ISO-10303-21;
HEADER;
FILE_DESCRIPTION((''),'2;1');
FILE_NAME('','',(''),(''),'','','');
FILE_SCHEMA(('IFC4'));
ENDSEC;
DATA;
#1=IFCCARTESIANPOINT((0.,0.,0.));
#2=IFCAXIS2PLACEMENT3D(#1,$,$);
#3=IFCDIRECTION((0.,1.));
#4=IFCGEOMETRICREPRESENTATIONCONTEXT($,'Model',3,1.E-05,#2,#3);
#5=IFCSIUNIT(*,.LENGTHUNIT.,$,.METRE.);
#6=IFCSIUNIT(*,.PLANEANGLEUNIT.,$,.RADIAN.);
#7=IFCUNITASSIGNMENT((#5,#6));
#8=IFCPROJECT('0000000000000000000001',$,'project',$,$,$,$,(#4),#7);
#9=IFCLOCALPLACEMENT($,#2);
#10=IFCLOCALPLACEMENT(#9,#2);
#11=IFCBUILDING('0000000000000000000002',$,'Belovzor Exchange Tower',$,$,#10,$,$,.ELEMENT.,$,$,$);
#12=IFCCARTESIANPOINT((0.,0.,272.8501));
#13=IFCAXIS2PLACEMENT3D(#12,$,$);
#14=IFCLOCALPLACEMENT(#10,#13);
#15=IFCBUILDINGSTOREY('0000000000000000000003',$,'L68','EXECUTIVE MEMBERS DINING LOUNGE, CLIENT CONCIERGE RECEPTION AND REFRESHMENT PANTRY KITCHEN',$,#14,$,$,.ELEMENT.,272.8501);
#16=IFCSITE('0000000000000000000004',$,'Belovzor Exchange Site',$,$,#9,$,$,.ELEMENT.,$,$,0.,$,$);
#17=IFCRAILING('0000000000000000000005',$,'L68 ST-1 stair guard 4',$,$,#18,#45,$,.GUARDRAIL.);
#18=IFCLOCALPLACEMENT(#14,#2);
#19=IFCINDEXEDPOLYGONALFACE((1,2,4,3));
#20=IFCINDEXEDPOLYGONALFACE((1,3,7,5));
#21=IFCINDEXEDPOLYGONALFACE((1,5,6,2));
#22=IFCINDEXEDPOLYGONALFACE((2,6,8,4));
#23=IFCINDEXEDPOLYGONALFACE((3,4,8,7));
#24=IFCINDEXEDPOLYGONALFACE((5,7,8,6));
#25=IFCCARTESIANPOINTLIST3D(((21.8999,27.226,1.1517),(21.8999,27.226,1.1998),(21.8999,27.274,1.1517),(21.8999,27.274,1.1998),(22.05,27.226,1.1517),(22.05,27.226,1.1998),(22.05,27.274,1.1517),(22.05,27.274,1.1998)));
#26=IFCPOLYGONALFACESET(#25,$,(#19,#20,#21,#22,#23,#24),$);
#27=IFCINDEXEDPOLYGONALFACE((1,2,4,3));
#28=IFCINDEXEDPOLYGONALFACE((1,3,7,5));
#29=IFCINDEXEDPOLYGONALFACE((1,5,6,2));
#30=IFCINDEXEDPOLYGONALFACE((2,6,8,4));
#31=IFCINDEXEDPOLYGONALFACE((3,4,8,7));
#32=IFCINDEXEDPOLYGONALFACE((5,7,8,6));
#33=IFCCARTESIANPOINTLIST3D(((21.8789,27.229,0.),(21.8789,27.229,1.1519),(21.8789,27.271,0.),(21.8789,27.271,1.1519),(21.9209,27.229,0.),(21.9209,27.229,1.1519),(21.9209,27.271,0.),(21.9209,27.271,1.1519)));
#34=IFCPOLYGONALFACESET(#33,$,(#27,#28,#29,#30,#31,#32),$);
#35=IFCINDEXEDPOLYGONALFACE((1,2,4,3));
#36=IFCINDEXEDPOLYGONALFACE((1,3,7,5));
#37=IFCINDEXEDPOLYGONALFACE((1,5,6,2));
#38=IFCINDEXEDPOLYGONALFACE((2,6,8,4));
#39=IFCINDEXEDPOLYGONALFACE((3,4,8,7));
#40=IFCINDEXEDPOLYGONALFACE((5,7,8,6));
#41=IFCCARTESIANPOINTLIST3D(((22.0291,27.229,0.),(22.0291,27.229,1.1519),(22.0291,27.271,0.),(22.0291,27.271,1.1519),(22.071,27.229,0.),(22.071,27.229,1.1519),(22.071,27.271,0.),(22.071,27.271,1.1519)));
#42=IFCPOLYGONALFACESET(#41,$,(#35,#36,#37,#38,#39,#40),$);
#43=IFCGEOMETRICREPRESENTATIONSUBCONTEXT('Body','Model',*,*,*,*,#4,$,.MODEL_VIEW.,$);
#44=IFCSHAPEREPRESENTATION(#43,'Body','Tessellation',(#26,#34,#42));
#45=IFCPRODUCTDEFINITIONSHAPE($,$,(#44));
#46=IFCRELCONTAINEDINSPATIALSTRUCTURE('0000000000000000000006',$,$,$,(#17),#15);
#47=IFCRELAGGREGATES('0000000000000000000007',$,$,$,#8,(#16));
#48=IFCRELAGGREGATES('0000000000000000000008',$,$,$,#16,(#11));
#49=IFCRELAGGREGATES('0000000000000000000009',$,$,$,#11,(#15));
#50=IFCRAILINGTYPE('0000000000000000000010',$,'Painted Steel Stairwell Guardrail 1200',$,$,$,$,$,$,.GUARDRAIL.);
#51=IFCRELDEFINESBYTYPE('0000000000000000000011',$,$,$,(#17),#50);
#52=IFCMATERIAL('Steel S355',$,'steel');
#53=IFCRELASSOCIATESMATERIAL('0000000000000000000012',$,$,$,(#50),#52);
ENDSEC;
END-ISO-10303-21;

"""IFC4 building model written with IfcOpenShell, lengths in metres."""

from ifc_helpers import new_model, si_unit, direction, frame, origin, origin_2d, place, context, subcontext, project, spatial, rectangle, extrude, material, type_object, element, save


model = new_model("IFC4")

# Units and contexts
model_context = context("Model", 3, precision=1e-05, world=origin(), true_north=direction((0.0, 1.0)))
body_context = subcontext(model_context, "Body", "Model", "MODEL_VIEW")
ifc_project = project(units=[si_unit("LENGTHUNIT", "METRE"), si_unit("PLANEANGLEUNIT", "RADIAN")], contexts=[model_context])

# Site, building, storey
site_placement = place(None, origin())
site = spatial("IfcSite", under=ifc_project, at=site_placement, Name="Belovzor Exchange Site", CompositionType="ELEMENT", RefElevation=0.0)
building_placement = place(site_placement, origin())
building = spatial("IfcBuilding", under=site, at=building_placement, Name="Belovzor Exchange Tower", CompositionType="ELEMENT")
storey_placement = place(building_placement, frame((0.0, 0.0, 272.8501)))
storey = spatial("IfcBuildingStorey", under=building, at=storey_placement, Name="L68", Description="EXECUTIVE MEMBERS DINING LOUNGE, CLIENT CONCIERGE RECEPTION AND REFRESHMENT PANTRY KITCHEN", CompositionType="ELEMENT", Elevation=272.8501)

# Railing
ifc_material_1 = material(Name="Steel S355", Category="steel")
railing_type_1 = type_object("IfcRailingType", Name="Painted Steel Stairwell Guardrail 1200", PredefinedType="GUARDRAIL", material=ifc_material_1)
railing_1_placement = place(storey_placement, frame((21.8999, 27.25, 0.0)))
element("IfcRailing", 1, at=railing_1_placement, inside=storey, type_object=railing_type_1, Name="L68 ST-1 stair guard 4", PredefinedType="GUARDRAIL", context=body_context, shape_type="SweptSolid", body=[
    extrude(rectangle(XDim=0.0481, YDim=0.0481, at=origin_2d()), frame((0.0, 0.0, 1.1758), z_axis=(1.0, 0.0, 0.0), x_axis=(0.0, 1.0, 0.0)), (0.0, 0.0, 1.0), 0.1501),
    extrude(rectangle(XDim=0.042, YDim=0.042, at=origin_2d()), origin(), (0.0, 0.0, 1.0), 1.1519),
    extrude(rectangle(XDim=0.042, YDim=0.042, at=origin_2d()), frame((0.1501, 0.0, 0.0)), (0.0, 0.0, 1.0), 1.1519),
])

save(model, "model.ifc")
